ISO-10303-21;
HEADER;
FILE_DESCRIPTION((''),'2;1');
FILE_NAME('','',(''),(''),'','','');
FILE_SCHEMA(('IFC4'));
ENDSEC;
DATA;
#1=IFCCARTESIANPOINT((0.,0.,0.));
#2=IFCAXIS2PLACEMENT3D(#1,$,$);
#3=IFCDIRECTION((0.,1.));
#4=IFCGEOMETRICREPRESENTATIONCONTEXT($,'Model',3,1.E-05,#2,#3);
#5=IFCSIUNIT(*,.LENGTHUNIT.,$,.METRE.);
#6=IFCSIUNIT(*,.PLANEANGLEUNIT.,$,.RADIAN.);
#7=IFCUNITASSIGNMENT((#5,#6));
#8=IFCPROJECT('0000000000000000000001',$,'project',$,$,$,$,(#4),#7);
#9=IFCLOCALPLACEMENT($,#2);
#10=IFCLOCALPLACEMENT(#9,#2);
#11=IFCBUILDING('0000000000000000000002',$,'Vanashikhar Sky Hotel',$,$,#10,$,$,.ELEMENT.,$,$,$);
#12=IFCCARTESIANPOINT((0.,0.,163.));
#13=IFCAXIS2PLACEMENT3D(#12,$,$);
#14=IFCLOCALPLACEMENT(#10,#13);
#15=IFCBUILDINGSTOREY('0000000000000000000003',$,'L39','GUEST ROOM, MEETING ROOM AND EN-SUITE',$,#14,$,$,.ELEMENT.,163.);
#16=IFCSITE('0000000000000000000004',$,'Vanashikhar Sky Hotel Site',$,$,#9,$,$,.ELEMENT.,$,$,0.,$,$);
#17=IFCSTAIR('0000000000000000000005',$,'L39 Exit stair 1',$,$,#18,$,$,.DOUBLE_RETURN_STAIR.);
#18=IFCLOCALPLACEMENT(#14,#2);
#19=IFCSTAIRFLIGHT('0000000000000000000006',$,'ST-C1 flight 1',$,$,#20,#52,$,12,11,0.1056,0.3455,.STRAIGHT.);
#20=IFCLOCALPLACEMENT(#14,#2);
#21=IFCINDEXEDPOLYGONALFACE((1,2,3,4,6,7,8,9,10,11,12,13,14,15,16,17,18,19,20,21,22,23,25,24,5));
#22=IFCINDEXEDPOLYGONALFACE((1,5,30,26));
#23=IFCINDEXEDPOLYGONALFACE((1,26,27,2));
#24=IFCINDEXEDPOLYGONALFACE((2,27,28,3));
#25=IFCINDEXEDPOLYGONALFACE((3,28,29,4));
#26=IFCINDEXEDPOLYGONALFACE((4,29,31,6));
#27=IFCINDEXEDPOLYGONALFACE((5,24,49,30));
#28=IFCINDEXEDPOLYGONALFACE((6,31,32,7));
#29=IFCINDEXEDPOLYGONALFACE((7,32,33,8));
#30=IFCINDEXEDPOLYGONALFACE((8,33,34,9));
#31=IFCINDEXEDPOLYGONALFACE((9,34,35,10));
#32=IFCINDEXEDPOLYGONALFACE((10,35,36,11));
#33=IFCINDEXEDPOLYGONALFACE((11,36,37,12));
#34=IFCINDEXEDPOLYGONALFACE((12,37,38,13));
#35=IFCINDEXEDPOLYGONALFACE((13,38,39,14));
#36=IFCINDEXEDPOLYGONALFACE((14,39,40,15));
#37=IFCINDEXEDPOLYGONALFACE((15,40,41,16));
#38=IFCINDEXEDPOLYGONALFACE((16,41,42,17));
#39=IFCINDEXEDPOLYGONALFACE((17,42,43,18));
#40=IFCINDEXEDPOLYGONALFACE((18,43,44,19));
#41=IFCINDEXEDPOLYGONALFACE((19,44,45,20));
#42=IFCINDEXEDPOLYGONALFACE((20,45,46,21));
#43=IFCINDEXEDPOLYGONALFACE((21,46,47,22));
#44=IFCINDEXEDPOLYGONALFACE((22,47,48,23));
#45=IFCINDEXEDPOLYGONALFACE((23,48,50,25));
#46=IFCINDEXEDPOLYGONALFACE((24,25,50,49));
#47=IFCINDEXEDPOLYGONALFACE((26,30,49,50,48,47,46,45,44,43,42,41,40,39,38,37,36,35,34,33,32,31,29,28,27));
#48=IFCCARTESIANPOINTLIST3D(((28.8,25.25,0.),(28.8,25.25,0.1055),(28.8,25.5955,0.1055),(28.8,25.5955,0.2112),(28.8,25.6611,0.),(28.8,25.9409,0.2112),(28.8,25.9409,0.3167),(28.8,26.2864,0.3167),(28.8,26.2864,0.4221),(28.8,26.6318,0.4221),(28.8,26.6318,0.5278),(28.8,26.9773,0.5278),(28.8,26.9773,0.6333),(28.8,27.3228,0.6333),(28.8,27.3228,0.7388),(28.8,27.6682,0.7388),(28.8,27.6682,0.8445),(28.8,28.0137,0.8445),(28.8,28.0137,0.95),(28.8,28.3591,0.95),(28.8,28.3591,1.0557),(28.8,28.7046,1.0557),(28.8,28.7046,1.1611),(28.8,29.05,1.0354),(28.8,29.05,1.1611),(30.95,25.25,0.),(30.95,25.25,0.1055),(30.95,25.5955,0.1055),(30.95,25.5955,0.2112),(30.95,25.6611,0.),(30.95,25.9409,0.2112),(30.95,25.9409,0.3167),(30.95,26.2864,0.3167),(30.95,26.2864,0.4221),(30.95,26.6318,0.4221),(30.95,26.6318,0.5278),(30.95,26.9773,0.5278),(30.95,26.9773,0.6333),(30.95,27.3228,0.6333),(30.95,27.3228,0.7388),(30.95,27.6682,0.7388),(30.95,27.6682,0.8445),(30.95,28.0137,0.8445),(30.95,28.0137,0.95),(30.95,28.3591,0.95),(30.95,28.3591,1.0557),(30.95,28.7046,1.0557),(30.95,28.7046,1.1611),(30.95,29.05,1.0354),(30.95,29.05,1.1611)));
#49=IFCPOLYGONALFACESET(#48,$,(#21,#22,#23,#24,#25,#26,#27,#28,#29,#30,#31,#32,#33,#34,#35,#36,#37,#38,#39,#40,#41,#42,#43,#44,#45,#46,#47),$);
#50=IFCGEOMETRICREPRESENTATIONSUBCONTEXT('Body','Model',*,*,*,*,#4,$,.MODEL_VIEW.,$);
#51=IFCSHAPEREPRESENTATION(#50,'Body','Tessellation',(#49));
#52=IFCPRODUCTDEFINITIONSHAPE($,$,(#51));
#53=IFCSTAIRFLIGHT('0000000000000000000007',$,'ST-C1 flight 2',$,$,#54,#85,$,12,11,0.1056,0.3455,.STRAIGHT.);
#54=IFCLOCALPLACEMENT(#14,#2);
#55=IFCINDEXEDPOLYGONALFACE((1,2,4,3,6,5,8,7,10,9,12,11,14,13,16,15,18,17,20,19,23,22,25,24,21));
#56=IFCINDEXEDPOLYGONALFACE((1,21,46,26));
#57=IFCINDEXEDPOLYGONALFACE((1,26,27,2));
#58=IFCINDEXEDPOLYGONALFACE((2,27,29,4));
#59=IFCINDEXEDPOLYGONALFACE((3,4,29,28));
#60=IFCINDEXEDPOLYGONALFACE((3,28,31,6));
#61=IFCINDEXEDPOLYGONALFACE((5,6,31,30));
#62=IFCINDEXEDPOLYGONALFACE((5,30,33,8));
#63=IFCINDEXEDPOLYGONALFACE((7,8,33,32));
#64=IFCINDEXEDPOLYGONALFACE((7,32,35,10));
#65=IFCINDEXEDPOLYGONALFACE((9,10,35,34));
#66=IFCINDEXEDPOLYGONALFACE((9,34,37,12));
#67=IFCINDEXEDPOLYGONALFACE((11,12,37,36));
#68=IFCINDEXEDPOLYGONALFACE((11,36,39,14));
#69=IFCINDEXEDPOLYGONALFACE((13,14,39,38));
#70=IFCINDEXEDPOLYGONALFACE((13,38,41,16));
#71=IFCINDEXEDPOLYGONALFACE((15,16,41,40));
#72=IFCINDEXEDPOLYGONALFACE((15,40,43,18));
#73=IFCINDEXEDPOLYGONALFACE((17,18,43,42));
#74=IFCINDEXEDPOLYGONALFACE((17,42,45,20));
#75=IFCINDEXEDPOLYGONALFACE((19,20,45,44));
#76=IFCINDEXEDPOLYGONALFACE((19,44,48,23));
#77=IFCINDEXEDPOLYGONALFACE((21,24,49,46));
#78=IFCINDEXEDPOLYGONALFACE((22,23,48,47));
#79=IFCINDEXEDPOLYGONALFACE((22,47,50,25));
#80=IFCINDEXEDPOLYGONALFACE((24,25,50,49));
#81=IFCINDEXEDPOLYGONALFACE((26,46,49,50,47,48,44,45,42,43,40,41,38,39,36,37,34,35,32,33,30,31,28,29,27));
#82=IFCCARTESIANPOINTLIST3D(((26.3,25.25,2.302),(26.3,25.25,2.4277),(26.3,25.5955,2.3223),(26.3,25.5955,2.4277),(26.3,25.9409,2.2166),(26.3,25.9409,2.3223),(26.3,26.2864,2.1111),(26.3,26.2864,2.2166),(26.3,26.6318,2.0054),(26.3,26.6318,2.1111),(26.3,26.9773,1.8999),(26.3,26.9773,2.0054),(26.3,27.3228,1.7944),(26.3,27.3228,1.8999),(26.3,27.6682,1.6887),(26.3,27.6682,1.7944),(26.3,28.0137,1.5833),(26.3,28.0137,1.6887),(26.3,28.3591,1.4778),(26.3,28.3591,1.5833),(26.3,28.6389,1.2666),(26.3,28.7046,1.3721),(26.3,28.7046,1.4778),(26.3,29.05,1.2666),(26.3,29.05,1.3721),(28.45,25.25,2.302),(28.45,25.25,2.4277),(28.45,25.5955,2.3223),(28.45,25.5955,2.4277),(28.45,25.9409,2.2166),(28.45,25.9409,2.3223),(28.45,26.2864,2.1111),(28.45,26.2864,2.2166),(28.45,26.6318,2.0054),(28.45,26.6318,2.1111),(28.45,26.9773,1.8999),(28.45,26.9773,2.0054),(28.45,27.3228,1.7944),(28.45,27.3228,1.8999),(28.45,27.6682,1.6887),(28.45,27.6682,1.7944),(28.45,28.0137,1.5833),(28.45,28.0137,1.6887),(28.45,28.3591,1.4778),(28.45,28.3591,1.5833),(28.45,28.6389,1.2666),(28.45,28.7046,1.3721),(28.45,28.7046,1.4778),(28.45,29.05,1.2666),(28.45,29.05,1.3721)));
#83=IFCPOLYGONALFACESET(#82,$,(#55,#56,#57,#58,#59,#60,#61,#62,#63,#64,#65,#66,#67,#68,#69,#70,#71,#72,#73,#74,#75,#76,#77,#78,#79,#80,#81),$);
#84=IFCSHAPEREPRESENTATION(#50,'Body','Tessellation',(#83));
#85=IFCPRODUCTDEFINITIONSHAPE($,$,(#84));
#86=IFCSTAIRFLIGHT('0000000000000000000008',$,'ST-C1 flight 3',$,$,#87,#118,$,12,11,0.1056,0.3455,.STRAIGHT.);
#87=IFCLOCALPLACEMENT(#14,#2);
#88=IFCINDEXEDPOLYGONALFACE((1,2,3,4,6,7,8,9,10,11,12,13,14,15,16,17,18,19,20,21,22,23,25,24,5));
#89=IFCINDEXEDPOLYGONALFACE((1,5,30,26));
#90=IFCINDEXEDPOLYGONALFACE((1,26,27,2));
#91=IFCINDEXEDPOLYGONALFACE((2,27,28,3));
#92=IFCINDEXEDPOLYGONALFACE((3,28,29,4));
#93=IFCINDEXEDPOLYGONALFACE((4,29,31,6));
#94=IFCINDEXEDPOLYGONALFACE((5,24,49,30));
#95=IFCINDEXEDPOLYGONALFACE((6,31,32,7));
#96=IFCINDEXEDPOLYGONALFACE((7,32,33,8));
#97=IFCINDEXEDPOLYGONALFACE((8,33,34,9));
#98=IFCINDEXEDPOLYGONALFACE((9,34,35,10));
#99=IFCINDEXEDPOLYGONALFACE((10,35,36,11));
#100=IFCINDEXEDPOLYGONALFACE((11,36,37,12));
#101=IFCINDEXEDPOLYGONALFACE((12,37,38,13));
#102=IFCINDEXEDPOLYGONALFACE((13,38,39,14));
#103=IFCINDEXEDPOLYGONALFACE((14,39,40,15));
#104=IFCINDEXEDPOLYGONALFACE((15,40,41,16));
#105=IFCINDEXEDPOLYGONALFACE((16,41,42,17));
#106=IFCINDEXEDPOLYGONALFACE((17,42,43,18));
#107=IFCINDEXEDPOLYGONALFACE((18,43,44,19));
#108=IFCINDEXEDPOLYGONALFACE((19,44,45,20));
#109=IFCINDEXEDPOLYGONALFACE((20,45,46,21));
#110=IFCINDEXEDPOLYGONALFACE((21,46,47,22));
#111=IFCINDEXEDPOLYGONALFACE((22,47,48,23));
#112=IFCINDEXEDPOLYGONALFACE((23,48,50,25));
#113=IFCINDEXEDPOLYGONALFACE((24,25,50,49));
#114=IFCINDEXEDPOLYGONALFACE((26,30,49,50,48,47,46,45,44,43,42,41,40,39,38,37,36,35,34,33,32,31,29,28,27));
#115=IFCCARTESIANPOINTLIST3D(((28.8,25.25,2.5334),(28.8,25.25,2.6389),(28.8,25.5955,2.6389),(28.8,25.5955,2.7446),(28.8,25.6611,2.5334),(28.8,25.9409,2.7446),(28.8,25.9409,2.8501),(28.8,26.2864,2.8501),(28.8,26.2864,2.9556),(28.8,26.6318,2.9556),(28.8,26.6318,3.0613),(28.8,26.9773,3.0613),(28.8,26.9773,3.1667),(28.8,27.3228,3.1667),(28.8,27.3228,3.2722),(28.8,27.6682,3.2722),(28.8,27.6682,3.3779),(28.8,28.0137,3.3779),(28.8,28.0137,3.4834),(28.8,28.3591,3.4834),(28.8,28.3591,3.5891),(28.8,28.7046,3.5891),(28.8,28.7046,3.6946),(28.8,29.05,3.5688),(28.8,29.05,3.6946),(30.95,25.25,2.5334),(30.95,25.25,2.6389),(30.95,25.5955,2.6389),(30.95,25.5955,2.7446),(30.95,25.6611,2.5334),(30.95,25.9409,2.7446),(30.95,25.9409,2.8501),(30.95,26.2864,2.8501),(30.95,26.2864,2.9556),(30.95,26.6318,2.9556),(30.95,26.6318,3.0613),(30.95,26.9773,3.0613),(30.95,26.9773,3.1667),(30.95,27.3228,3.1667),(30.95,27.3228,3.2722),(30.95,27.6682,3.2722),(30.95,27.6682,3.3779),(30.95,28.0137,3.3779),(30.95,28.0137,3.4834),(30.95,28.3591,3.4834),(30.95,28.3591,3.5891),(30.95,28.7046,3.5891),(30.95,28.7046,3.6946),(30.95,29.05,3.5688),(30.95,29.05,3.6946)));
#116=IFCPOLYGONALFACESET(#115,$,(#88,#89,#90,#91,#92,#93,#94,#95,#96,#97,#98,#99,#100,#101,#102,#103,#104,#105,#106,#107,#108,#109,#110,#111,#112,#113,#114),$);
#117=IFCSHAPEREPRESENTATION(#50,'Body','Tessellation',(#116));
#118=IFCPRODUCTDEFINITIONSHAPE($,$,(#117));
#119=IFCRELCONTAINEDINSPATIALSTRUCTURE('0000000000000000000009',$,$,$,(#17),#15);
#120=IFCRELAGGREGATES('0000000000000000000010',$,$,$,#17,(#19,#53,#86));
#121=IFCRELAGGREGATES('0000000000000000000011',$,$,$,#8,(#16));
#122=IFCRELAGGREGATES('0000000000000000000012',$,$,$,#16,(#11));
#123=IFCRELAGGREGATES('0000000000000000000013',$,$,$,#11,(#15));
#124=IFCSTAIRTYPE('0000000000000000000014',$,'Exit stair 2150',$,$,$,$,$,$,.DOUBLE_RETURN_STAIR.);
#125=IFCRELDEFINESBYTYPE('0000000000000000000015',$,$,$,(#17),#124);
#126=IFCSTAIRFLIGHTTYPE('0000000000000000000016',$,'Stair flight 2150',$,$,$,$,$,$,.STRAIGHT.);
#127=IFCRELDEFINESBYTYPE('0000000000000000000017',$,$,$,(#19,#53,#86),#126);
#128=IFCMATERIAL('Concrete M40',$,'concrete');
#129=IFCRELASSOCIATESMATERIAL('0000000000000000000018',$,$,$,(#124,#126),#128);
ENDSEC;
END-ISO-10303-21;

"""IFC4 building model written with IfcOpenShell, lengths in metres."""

from ifc_helpers import new_model, si_unit, direction, frame, origin, place, context, subcontext, project, spatial, polyline, outline, extrude, source, transform, mapped, material, type_object, element, aggregate, save


model = new_model("IFC4")

# Units and contexts
model_context = context("Model", 3, precision=1e-05, world=origin(), true_north=direction((0.0, 1.0)))
body_context = subcontext(model_context, "Body", "Model", "MODEL_VIEW")
ifc_project = project(units=[si_unit("LENGTHUNIT", "METRE"), si_unit("PLANEANGLEUNIT", "RADIAN")], contexts=[model_context])

# Site, building, storey
site_placement = place(None, origin())
site = spatial("IfcSite", under=ifc_project, at=site_placement, Name="Vanashikhar Sky Hotel Site", CompositionType="ELEMENT", RefElevation=0.0)
building_placement = place(site_placement, origin())
building = spatial("IfcBuilding", under=site, at=building_placement, Name="Vanashikhar Sky Hotel", CompositionType="ELEMENT")
storey_placement = place(building_placement, frame((0.0, 0.0, 163.0)))
storey = spatial("IfcBuildingStorey", under=building, at=storey_placement, Name="L39", Description="GUEST ROOM, MEETING ROOM AND EN-SUITE", CompositionType="ELEMENT", Elevation=163.0)

# Shared definitions
ifc_material_1 = material(Name="Concrete M40", Category="concrete")

# Stair, stair flights
stair_type = type_object("IfcStairType", Name="Exit stair 2150", PredefinedType="DOUBLE_RETURN_STAIR", material=ifc_material_1)
stair_placement = place(storey_placement, origin())
stair = element("IfcStair", 1, at=stair_placement, inside=storey, type_object=stair_type, Name="L39 Exit stair 1", PredefinedType="DOUBLE_RETURN_STAIR")
stair_flight_type = type_object("IfcStairFlightType", Name="Stair flight 2150", PredefinedType="STRAIGHT", material=ifc_material_1)
shared_shape_1 = source(origin(), body_context, "Body", "SweptSolid", [
    extrude(outline(polyline([(0.0, 0.0), (0.0, 0.1055), (0.3455, 0.1055), (0.3455, 0.2112), (0.6909, 0.2112), (0.6909, 0.3167), (1.0364, 0.3167), (1.0364, 0.4221), (1.3818, 0.4221), (1.3818, 0.5278), (1.7273, 0.5278), (1.7273, 0.6333), (2.0728, 0.6333), (2.0728, 0.7388), (2.4182, 0.7388), (2.4182, 0.8445), (2.7637, 0.8445), (2.7637, 0.95), (3.1091, 0.95), (3.1091, 1.0557), (3.4546, 1.0557), (3.4546, 1.1611), (3.8, 1.1611), (3.8, 1.2666), (3.8, 1.0354), (0.4111, 0.0), (0.0, 0.0)])), frame((0.0, 1.075, 0.0), z_axis=(0.0, -1.0, 0.0), x_axis=(1.0, 0.0, 0.0)), (0.0, 0.0, 1.0), 2.1499),
])
stair_flight_1_placement = place(storey_placement, frame((29.875, 25.25, 0.0), z_axis=(0.0, 0.0, 1.0), x_axis=(0.0, 1.0, 0.0)))
stair_flight_1 = element("IfcStairFlight", 2, at=stair_flight_1_placement, type_object=stair_flight_type, Name="ST-C1 flight 1", NumberOfRisers=12, NumberOfTreads=11, PredefinedType="STRAIGHT", RiserHeight=0.1056, TreadLength=0.3455, context=body_context, shape_type="MappedRepresentation", body=[
    mapped(shared_shape_1, transform((0.0, 0.0, 0.0), scale=1.0)),
])
stair_flight_2_placement = place(storey_placement, frame((27.375, 29.05, 1.2666), z_axis=(0.0, 0.0, 1.0), x_axis=(0.0, -1.0, 0.0)))
stair_flight_2 = element("IfcStairFlight", 3, at=stair_flight_2_placement, type_object=stair_flight_type, Name="ST-C1 flight 2", NumberOfRisers=12, NumberOfTreads=11, PredefinedType="STRAIGHT", RiserHeight=0.1056, TreadLength=0.3455, context=body_context, shape_type="MappedRepresentation", body=[
    mapped(shared_shape_1, transform((0.0, 0.0, 0.0), scale=1.0)),
])
stair_flight_3_placement = place(storey_placement, frame((29.875, 25.25, 2.5334), z_axis=(0.0, 0.0, 1.0), x_axis=(0.0, 1.0, 0.0)))
stair_flight_3 = element("IfcStairFlight", 4, at=stair_flight_3_placement, type_object=stair_flight_type, Name="ST-C1 flight 3", NumberOfRisers=12, NumberOfTreads=11, PredefinedType="STRAIGHT", RiserHeight=0.1056, TreadLength=0.3455, context=body_context, shape_type="MappedRepresentation", body=[
    mapped(shared_shape_1, transform((0.0, 0.0, 0.0), scale=1.0)),
])
aggregate(stair, [stair_flight_1, stair_flight_2, stair_flight_3])

save(model, "model.ifc")
